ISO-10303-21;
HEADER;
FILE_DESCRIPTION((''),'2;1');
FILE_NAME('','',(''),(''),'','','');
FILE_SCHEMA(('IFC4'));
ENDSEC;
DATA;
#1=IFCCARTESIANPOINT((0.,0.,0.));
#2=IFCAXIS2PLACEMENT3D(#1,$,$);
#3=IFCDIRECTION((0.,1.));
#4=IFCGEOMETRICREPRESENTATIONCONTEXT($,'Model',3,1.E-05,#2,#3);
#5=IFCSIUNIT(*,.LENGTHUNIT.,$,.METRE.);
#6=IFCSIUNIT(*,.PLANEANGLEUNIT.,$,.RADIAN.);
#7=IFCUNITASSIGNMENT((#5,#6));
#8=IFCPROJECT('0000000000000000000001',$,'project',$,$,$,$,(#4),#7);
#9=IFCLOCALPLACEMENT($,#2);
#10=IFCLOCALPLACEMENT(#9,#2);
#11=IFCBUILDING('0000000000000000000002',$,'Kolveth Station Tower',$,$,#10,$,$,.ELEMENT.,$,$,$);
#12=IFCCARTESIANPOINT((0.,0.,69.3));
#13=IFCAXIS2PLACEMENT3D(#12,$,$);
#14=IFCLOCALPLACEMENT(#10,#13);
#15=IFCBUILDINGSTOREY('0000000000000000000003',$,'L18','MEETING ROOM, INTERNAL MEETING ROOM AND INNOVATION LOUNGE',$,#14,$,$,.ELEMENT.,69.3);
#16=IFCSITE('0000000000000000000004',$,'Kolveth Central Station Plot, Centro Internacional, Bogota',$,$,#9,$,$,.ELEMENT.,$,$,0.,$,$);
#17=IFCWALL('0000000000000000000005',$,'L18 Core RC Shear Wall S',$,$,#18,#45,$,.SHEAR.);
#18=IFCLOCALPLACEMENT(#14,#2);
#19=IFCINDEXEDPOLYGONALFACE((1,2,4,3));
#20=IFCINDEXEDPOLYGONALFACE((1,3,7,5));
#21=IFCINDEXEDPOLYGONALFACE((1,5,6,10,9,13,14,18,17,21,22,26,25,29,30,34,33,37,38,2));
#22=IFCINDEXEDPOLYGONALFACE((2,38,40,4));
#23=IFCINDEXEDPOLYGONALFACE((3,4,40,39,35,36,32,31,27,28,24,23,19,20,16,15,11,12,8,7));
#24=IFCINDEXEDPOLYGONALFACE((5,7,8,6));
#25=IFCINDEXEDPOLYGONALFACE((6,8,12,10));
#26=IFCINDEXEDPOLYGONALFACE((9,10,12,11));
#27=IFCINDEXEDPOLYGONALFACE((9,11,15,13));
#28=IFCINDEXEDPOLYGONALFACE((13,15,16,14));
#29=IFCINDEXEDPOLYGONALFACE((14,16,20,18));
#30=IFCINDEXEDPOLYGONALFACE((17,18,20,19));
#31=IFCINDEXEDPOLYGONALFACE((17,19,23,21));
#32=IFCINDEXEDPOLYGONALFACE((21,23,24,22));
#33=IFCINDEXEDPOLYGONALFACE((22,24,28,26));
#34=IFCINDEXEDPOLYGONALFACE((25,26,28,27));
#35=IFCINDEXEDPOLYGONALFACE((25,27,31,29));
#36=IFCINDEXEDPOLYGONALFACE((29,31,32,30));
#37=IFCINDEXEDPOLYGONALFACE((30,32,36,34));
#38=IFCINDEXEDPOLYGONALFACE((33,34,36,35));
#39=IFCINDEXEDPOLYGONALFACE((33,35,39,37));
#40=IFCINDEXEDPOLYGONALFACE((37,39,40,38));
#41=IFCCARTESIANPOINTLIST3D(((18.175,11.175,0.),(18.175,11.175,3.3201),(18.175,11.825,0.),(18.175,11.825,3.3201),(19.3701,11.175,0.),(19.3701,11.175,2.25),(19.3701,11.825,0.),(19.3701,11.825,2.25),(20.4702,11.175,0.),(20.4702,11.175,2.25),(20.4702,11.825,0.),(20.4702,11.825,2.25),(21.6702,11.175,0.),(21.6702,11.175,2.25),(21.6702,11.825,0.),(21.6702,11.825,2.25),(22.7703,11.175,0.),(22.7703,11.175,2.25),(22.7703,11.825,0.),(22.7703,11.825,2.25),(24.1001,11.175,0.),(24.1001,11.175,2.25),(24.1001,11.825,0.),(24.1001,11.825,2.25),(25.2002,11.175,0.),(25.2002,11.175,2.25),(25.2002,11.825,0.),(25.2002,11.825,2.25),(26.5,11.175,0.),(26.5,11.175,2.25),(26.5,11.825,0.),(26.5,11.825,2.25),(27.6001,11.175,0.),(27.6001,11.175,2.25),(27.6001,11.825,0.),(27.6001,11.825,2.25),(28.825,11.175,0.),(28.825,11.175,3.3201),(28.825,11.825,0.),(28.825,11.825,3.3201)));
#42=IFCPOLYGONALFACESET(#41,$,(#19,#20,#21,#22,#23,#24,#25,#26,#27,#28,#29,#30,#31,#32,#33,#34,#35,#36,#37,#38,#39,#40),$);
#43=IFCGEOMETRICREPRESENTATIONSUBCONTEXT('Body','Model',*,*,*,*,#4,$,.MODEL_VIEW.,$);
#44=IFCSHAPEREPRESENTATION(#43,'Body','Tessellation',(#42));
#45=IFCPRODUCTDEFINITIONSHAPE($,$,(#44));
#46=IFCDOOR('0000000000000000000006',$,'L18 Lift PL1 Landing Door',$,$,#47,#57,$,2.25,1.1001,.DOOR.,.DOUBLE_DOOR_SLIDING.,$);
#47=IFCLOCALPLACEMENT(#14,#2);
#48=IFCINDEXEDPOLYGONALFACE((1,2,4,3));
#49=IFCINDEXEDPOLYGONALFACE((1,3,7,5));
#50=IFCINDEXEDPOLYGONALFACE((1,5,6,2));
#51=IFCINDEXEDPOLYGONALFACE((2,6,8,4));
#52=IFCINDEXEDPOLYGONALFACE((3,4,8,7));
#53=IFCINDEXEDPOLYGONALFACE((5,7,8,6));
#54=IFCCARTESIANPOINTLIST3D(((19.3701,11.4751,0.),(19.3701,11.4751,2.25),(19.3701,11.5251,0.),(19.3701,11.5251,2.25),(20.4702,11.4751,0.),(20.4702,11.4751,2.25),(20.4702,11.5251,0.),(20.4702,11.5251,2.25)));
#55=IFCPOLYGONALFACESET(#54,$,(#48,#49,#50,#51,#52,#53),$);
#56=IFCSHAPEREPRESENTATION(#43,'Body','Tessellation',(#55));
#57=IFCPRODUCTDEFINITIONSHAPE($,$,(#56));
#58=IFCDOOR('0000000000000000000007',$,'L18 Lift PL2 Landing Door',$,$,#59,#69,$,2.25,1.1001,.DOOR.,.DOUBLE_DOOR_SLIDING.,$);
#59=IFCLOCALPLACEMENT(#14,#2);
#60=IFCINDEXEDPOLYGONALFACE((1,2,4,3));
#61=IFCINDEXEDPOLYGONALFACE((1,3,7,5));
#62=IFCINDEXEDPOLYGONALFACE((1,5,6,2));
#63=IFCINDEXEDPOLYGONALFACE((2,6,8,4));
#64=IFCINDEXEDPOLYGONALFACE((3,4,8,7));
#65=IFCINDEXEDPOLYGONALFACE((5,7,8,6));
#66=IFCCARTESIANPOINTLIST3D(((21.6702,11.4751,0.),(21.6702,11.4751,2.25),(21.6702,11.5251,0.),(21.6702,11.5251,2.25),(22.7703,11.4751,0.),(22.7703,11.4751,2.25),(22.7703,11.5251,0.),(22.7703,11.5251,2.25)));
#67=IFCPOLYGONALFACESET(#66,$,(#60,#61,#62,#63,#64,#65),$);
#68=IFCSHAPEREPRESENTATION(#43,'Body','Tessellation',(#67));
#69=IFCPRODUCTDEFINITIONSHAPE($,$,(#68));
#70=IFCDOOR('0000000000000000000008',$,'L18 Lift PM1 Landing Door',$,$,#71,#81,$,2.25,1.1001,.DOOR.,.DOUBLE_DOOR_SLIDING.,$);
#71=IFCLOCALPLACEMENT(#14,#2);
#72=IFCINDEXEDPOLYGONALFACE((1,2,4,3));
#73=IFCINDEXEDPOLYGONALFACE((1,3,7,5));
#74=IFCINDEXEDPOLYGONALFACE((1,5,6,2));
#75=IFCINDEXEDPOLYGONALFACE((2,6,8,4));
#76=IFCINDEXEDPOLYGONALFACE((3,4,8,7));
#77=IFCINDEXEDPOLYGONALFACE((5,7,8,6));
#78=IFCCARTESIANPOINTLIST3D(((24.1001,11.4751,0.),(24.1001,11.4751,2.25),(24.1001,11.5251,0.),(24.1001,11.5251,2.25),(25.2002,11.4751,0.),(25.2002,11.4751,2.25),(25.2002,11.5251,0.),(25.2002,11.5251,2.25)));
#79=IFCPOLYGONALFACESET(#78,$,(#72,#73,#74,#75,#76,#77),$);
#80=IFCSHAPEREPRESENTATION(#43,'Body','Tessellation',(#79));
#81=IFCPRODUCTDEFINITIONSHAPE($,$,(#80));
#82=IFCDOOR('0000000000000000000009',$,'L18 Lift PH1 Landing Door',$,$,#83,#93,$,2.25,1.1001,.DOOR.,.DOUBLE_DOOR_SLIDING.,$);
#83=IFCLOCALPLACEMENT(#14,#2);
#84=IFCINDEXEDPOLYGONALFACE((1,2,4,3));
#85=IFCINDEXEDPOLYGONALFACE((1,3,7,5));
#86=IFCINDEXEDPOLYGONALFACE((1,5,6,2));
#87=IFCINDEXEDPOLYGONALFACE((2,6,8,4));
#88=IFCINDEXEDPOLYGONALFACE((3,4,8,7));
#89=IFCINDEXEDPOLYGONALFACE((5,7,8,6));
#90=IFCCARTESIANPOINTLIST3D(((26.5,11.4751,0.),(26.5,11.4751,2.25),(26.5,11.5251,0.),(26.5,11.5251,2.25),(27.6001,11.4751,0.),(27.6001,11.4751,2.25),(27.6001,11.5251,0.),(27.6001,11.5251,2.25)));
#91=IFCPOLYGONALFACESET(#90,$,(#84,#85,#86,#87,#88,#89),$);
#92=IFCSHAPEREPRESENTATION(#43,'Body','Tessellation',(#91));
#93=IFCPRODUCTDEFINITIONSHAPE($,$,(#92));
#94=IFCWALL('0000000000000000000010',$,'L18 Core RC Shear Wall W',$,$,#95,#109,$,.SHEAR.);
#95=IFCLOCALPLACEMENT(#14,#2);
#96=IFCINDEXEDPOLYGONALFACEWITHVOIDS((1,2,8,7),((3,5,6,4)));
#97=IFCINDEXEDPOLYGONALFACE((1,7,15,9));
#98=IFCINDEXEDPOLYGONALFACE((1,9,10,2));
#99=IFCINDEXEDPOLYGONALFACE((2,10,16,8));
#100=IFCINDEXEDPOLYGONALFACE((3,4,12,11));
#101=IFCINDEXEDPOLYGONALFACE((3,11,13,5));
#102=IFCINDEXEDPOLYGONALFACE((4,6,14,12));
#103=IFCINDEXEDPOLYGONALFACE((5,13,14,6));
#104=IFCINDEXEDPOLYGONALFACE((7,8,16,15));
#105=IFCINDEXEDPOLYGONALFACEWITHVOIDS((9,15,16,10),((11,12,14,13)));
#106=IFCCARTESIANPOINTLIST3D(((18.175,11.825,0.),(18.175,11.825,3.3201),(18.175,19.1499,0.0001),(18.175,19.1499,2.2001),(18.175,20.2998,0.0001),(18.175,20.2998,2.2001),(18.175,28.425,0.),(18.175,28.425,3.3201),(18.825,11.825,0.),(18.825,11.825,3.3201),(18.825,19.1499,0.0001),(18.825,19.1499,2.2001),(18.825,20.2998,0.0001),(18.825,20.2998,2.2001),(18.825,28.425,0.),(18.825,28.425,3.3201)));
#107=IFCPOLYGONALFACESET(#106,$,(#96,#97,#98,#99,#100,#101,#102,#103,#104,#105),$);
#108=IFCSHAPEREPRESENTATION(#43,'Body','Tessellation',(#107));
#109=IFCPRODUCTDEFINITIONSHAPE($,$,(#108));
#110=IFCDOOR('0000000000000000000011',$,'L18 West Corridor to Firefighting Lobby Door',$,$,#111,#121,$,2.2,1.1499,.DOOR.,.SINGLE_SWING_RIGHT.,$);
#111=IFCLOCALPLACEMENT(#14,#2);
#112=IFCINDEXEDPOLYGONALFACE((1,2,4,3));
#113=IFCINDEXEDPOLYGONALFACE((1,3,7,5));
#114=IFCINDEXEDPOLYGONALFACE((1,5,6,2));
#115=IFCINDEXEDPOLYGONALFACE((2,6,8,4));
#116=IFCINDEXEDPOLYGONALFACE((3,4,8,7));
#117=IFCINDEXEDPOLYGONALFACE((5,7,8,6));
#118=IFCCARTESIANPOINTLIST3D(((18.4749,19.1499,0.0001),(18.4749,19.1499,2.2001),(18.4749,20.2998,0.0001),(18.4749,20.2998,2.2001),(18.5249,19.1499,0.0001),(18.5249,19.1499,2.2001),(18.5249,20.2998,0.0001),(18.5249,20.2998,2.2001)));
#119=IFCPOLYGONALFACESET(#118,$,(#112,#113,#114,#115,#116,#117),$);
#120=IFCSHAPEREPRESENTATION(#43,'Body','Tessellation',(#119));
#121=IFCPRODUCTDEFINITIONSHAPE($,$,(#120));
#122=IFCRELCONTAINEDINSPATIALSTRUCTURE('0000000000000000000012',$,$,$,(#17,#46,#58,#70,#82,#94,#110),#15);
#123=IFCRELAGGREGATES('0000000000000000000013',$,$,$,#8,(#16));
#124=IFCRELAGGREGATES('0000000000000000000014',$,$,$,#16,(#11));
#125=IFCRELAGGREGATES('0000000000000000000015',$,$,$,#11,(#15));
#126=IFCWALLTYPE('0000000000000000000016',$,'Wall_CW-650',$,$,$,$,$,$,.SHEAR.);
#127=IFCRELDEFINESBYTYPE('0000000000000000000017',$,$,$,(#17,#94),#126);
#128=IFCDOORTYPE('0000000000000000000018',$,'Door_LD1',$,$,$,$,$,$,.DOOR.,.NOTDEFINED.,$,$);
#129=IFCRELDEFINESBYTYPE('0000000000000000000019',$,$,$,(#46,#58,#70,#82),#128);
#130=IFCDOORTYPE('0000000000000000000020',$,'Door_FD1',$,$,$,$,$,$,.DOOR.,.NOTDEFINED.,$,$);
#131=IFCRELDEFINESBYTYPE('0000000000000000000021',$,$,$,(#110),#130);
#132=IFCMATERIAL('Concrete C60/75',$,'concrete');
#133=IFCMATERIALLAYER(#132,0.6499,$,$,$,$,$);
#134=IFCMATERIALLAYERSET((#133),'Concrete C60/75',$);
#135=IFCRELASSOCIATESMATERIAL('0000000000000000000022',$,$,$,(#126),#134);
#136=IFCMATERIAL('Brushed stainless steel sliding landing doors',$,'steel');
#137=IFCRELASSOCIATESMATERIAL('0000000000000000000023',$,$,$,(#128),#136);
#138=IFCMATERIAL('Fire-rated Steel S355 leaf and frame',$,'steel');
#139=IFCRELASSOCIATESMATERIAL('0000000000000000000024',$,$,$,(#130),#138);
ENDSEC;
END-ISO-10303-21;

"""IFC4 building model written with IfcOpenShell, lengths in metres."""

from ifc_helpers import new_model, si_unit, direction, frame, frame_2d, origin, place, context, subcontext, project, spatial, rectangle, extrude, material, layer, layer_set, type_object, element, fill, save


model = new_model("IFC4")

# Units and contexts
model_context = context("Model", 3, precision=1e-05, world=origin(), true_north=direction((0.0, 1.0)))
body_context = subcontext(model_context, "Body", "Model", "MODEL_VIEW")
ifc_project = project(units=[si_unit("LENGTHUNIT", "METRE"), si_unit("PLANEANGLEUNIT", "RADIAN")], contexts=[model_context])

# Site, building, storey
site_placement = place(None, origin())
site = spatial("IfcSite", under=ifc_project, at=site_placement, Name="Kolveth Central Station Plot, Centro Internacional, Bogota", CompositionType="ELEMENT", RefElevation=0.0)
building_placement = place(site_placement, origin())
building = spatial("IfcBuilding", under=site, at=building_placement, Name="Kolveth Station Tower", CompositionType="ELEMENT")
storey_placement = place(building_placement, frame((0.0, 0.0, 69.3)))
storey = spatial("IfcBuildingStorey", under=building, at=storey_placement, Name="L18", Description="MEETING ROOM, INTERNAL MEETING ROOM AND INNOVATION LOUNGE", CompositionType="ELEMENT", Elevation=69.3)

# Wall, openings, doors
ifc_material_1 = material(Name="Concrete C60/75", Category="concrete")
ifc_layer_1 = layer(ifc_material_1, 0.6499)
ifc_layer_set_1 = layer_set([ifc_layer_1], Name="Concrete C60/75")
wall_type_1 = type_object("IfcWallType", Name="Wall_CW-650", PredefinedType="SHEAR", material=ifc_layer_set_1)
wall_1_placement = place(storey_placement, frame((18.175, 11.5, 0.0), z_axis=(0.0, 0.0, 1.0), x_axis=(1.0, 0.0, 0.0)))
wall_1 = element("IfcWall", 1, at=wall_1_placement, inside=storey, type_object=wall_type_1, Name="L18 Core RC Shear Wall S", PredefinedType="SHEAR", context=body_context, shape_type="SweptSolid", body=[
    extrude(rectangle(XDim=10.6499, YDim=0.6499, at=frame_2d((5.325, 0.0))), origin(), (0.0, 0.0, 1.0), 3.3201),
])
opening_1_placement = place(wall_1_placement, frame((1.1951, 0.0, 0.0)))
opening_1 = element("IfcOpeningElement", 2, at=opening_1_placement, cuts=wall_1, PredefinedType="OPENING", context=body_context, shape_type="SweptSolid", body=[
    extrude(rectangle(XDim=1.1001, YDim=2.25, at=frame_2d((0.55, 1.125))), frame((0.0, 0.335, 0.0), z_axis=(0.0, -1.0, 0.0), x_axis=(1.0, 0.0, 0.0)), (0.0, 0.0, 1.0), 0.6699),
])
opening_2_placement = place(wall_1_placement, frame((3.4951, 0.0, 0.0)))
opening_2 = element("IfcOpeningElement", 3, at=opening_2_placement, cuts=wall_1, PredefinedType="OPENING", context=body_context, shape_type="SweptSolid", body=[
    extrude(rectangle(XDim=1.1001, YDim=2.25, at=frame_2d((0.55, 1.125))), frame((0.0, 0.335, 0.0), z_axis=(0.0, -1.0, 0.0), x_axis=(1.0, 0.0, 0.0)), (0.0, 0.0, 1.0), 0.6699),
])
opening_3_placement = place(wall_1_placement, frame((5.925, 0.0, 0.0)))
opening_3 = element("IfcOpeningElement", 4, at=opening_3_placement, cuts=wall_1, PredefinedType="OPENING", context=body_context, shape_type="SweptSolid", body=[
    extrude(rectangle(XDim=1.1001, YDim=2.25, at=frame_2d((0.55, 1.125))), frame((0.0, 0.335, 0.0), z_axis=(0.0, -1.0, 0.0), x_axis=(1.0, 0.0, 0.0)), (0.0, 0.0, 1.0), 0.6699),
])
opening_4_placement = place(wall_1_placement, frame((8.325, 0.0, 0.0)))
opening_4 = element("IfcOpeningElement", 5, at=opening_4_placement, cuts=wall_1, PredefinedType="OPENING", context=body_context, shape_type="SweptSolid", body=[
    extrude(rectangle(XDim=1.1001, YDim=2.25, at=frame_2d((0.55, 1.125))), frame((0.0, 0.335, 0.0), z_axis=(0.0, -1.0, 0.0), x_axis=(1.0, 0.0, 0.0)), (0.0, 0.0, 1.0), 0.6699),
])
ifc_material_2 = material(Name="Brushed stainless steel sliding landing doors", Category="steel")
door_type_1 = type_object("IfcDoorType", Name="Door_LD1", OperationType="NOTDEFINED", PredefinedType="DOOR", material=ifc_material_2)
door_1_placement = place(opening_1_placement, frame((1.1001, 0.0, 0.0), z_axis=(0.0, 0.0, 1.0), x_axis=(-1.0, 0.0, 0.0)))
door_1 = element("IfcDoor", 6, at=door_1_placement, inside=storey, type_object=door_type_1, Name="L18 Lift PL1 Landing Door", OperationType="DOUBLE_DOOR_SLIDING", OverallHeight=2.25, OverallWidth=1.1001, PredefinedType="DOOR", context=body_context, shape_type="SweptSolid", body=[
    extrude(rectangle(XDim=1.1001, YDim=2.25, at=frame_2d((0.55, 1.125))), frame((0.0, 0.0249, 0.0), z_axis=(0.0, -1.0, 0.0), x_axis=(1.0, 0.0, 0.0)), (0.0, 0.0, 1.0), 0.05),
])
fill(opening_1, door_1)
door_2_placement = place(opening_2_placement, frame((1.1001, 0.0, 0.0), z_axis=(0.0, 0.0, 1.0), x_axis=(-1.0, 0.0, 0.0)))
door_2 = element("IfcDoor", 7, at=door_2_placement, inside=storey, type_object=door_type_1, Name="L18 Lift PL2 Landing Door", OperationType="DOUBLE_DOOR_SLIDING", OverallHeight=2.25, OverallWidth=1.1001, PredefinedType="DOOR", context=body_context, shape_type="SweptSolid", body=[
    extrude(rectangle(XDim=1.1001, YDim=2.25, at=frame_2d((0.55, 1.125))), frame((0.0, 0.0249, 0.0), z_axis=(0.0, -1.0, 0.0), x_axis=(1.0, 0.0, 0.0)), (0.0, 0.0, 1.0), 0.05),
])
fill(opening_2, door_2)
door_3_placement = place(opening_3_placement, frame((1.1001, 0.0, 0.0), z_axis=(0.0, 0.0, 1.0), x_axis=(-1.0, 0.0, 0.0)))
door_3 = element("IfcDoor", 8, at=door_3_placement, inside=storey, type_object=door_type_1, Name="L18 Lift PM1 Landing Door", OperationType="DOUBLE_DOOR_SLIDING", OverallHeight=2.25, OverallWidth=1.1001, PredefinedType="DOOR", context=body_context, shape_type="SweptSolid", body=[
    extrude(rectangle(XDim=1.1001, YDim=2.25, at=frame_2d((0.55, 1.125))), frame((0.0, 0.0249, 0.0), z_axis=(0.0, -1.0, 0.0), x_axis=(1.0, 0.0, 0.0)), (0.0, 0.0, 1.0), 0.05),
])
fill(opening_3, door_3)
door_4_placement = place(opening_4_placement, frame((1.1001, 0.0, 0.0), z_axis=(0.0, 0.0, 1.0), x_axis=(-1.0, 0.0, 0.0)))
door_4 = element("IfcDoor", 9, at=door_4_placement, inside=storey, type_object=door_type_1, Name="L18 Lift PH1 Landing Door", OperationType="DOUBLE_DOOR_SLIDING", OverallHeight=2.25, OverallWidth=1.1001, PredefinedType="DOOR", context=body_context, shape_type="SweptSolid", body=[
    extrude(rectangle(XDim=1.1001, YDim=2.25, at=frame_2d((0.55, 1.125))), frame((0.0, 0.0249, 0.0), z_axis=(0.0, -1.0, 0.0), x_axis=(1.0, 0.0, 0.0)), (0.0, 0.0, 1.0), 0.05),
])
fill(opening_4, door_4)

# Wall, opening, door
wall_2_placement = place(storey_placement, frame((18.5, 11.825, 0.0), z_axis=(0.0, 0.0, 1.0), x_axis=(0.0, 1.0, 0.0)))
wall_2 = element("IfcWall", 10, at=wall_2_placement, inside=storey, type_object=wall_type_1, Name="L18 Core RC Shear Wall W", PredefinedType="SHEAR", context=body_context, shape_type="SweptSolid", body=[
    extrude(rectangle(XDim=16.6001, YDim=0.6499, at=frame_2d((8.3, 0.0))), origin(), (0.0, 0.0, 1.0), 3.3201),
])
opening_5_placement = place(wall_2_placement, frame((7.325, 0.0, 0.0)))
opening_5 = element("IfcOpeningElement", 11, at=opening_5_placement, cuts=wall_2, PredefinedType="OPENING", context=body_context, shape_type="SweptSolid", body=[
    extrude(rectangle(XDim=1.1499, YDim=2.2, at=frame_2d((0.575, 1.1001))), frame((0.0, 0.335, 0.0), z_axis=(0.0, -1.0, 0.0), x_axis=(1.0, 0.0, 0.0)), (0.0, 0.0, 1.0), 0.6699),
])
ifc_material_3 = material(Name="Fire-rated Steel S355 leaf and frame", Category="steel")
door_type_2 = type_object("IfcDoorType", Name="Door_FD1", OperationType="NOTDEFINED", PredefinedType="DOOR", material=ifc_material_3)
door_5_placement = place(opening_5_placement, frame((1.1499, 0.0, 0.0), z_axis=(0.0, 0.0, 1.0), x_axis=(-1.0, 0.0, 0.0)))
door_5 = element("IfcDoor", 12, at=door_5_placement, inside=storey, type_object=door_type_2, Name="L18 West Corridor to Firefighting Lobby Door", OperationType="SINGLE_SWING_RIGHT", OverallHeight=2.2, OverallWidth=1.1499, PredefinedType="DOOR", context=body_context, shape_type="SweptSolid", body=[
    extrude(rectangle(XDim=1.1499, YDim=2.2, at=frame_2d((0.575, 1.1001))), frame((0.0, 0.0249, 0.0), z_axis=(0.0, -1.0, 0.0), x_axis=(1.0, 0.0, 0.0)), (0.0, 0.0, 1.0), 0.05),
])
fill(opening_5, door_5)

save(model, "model.ifc")
